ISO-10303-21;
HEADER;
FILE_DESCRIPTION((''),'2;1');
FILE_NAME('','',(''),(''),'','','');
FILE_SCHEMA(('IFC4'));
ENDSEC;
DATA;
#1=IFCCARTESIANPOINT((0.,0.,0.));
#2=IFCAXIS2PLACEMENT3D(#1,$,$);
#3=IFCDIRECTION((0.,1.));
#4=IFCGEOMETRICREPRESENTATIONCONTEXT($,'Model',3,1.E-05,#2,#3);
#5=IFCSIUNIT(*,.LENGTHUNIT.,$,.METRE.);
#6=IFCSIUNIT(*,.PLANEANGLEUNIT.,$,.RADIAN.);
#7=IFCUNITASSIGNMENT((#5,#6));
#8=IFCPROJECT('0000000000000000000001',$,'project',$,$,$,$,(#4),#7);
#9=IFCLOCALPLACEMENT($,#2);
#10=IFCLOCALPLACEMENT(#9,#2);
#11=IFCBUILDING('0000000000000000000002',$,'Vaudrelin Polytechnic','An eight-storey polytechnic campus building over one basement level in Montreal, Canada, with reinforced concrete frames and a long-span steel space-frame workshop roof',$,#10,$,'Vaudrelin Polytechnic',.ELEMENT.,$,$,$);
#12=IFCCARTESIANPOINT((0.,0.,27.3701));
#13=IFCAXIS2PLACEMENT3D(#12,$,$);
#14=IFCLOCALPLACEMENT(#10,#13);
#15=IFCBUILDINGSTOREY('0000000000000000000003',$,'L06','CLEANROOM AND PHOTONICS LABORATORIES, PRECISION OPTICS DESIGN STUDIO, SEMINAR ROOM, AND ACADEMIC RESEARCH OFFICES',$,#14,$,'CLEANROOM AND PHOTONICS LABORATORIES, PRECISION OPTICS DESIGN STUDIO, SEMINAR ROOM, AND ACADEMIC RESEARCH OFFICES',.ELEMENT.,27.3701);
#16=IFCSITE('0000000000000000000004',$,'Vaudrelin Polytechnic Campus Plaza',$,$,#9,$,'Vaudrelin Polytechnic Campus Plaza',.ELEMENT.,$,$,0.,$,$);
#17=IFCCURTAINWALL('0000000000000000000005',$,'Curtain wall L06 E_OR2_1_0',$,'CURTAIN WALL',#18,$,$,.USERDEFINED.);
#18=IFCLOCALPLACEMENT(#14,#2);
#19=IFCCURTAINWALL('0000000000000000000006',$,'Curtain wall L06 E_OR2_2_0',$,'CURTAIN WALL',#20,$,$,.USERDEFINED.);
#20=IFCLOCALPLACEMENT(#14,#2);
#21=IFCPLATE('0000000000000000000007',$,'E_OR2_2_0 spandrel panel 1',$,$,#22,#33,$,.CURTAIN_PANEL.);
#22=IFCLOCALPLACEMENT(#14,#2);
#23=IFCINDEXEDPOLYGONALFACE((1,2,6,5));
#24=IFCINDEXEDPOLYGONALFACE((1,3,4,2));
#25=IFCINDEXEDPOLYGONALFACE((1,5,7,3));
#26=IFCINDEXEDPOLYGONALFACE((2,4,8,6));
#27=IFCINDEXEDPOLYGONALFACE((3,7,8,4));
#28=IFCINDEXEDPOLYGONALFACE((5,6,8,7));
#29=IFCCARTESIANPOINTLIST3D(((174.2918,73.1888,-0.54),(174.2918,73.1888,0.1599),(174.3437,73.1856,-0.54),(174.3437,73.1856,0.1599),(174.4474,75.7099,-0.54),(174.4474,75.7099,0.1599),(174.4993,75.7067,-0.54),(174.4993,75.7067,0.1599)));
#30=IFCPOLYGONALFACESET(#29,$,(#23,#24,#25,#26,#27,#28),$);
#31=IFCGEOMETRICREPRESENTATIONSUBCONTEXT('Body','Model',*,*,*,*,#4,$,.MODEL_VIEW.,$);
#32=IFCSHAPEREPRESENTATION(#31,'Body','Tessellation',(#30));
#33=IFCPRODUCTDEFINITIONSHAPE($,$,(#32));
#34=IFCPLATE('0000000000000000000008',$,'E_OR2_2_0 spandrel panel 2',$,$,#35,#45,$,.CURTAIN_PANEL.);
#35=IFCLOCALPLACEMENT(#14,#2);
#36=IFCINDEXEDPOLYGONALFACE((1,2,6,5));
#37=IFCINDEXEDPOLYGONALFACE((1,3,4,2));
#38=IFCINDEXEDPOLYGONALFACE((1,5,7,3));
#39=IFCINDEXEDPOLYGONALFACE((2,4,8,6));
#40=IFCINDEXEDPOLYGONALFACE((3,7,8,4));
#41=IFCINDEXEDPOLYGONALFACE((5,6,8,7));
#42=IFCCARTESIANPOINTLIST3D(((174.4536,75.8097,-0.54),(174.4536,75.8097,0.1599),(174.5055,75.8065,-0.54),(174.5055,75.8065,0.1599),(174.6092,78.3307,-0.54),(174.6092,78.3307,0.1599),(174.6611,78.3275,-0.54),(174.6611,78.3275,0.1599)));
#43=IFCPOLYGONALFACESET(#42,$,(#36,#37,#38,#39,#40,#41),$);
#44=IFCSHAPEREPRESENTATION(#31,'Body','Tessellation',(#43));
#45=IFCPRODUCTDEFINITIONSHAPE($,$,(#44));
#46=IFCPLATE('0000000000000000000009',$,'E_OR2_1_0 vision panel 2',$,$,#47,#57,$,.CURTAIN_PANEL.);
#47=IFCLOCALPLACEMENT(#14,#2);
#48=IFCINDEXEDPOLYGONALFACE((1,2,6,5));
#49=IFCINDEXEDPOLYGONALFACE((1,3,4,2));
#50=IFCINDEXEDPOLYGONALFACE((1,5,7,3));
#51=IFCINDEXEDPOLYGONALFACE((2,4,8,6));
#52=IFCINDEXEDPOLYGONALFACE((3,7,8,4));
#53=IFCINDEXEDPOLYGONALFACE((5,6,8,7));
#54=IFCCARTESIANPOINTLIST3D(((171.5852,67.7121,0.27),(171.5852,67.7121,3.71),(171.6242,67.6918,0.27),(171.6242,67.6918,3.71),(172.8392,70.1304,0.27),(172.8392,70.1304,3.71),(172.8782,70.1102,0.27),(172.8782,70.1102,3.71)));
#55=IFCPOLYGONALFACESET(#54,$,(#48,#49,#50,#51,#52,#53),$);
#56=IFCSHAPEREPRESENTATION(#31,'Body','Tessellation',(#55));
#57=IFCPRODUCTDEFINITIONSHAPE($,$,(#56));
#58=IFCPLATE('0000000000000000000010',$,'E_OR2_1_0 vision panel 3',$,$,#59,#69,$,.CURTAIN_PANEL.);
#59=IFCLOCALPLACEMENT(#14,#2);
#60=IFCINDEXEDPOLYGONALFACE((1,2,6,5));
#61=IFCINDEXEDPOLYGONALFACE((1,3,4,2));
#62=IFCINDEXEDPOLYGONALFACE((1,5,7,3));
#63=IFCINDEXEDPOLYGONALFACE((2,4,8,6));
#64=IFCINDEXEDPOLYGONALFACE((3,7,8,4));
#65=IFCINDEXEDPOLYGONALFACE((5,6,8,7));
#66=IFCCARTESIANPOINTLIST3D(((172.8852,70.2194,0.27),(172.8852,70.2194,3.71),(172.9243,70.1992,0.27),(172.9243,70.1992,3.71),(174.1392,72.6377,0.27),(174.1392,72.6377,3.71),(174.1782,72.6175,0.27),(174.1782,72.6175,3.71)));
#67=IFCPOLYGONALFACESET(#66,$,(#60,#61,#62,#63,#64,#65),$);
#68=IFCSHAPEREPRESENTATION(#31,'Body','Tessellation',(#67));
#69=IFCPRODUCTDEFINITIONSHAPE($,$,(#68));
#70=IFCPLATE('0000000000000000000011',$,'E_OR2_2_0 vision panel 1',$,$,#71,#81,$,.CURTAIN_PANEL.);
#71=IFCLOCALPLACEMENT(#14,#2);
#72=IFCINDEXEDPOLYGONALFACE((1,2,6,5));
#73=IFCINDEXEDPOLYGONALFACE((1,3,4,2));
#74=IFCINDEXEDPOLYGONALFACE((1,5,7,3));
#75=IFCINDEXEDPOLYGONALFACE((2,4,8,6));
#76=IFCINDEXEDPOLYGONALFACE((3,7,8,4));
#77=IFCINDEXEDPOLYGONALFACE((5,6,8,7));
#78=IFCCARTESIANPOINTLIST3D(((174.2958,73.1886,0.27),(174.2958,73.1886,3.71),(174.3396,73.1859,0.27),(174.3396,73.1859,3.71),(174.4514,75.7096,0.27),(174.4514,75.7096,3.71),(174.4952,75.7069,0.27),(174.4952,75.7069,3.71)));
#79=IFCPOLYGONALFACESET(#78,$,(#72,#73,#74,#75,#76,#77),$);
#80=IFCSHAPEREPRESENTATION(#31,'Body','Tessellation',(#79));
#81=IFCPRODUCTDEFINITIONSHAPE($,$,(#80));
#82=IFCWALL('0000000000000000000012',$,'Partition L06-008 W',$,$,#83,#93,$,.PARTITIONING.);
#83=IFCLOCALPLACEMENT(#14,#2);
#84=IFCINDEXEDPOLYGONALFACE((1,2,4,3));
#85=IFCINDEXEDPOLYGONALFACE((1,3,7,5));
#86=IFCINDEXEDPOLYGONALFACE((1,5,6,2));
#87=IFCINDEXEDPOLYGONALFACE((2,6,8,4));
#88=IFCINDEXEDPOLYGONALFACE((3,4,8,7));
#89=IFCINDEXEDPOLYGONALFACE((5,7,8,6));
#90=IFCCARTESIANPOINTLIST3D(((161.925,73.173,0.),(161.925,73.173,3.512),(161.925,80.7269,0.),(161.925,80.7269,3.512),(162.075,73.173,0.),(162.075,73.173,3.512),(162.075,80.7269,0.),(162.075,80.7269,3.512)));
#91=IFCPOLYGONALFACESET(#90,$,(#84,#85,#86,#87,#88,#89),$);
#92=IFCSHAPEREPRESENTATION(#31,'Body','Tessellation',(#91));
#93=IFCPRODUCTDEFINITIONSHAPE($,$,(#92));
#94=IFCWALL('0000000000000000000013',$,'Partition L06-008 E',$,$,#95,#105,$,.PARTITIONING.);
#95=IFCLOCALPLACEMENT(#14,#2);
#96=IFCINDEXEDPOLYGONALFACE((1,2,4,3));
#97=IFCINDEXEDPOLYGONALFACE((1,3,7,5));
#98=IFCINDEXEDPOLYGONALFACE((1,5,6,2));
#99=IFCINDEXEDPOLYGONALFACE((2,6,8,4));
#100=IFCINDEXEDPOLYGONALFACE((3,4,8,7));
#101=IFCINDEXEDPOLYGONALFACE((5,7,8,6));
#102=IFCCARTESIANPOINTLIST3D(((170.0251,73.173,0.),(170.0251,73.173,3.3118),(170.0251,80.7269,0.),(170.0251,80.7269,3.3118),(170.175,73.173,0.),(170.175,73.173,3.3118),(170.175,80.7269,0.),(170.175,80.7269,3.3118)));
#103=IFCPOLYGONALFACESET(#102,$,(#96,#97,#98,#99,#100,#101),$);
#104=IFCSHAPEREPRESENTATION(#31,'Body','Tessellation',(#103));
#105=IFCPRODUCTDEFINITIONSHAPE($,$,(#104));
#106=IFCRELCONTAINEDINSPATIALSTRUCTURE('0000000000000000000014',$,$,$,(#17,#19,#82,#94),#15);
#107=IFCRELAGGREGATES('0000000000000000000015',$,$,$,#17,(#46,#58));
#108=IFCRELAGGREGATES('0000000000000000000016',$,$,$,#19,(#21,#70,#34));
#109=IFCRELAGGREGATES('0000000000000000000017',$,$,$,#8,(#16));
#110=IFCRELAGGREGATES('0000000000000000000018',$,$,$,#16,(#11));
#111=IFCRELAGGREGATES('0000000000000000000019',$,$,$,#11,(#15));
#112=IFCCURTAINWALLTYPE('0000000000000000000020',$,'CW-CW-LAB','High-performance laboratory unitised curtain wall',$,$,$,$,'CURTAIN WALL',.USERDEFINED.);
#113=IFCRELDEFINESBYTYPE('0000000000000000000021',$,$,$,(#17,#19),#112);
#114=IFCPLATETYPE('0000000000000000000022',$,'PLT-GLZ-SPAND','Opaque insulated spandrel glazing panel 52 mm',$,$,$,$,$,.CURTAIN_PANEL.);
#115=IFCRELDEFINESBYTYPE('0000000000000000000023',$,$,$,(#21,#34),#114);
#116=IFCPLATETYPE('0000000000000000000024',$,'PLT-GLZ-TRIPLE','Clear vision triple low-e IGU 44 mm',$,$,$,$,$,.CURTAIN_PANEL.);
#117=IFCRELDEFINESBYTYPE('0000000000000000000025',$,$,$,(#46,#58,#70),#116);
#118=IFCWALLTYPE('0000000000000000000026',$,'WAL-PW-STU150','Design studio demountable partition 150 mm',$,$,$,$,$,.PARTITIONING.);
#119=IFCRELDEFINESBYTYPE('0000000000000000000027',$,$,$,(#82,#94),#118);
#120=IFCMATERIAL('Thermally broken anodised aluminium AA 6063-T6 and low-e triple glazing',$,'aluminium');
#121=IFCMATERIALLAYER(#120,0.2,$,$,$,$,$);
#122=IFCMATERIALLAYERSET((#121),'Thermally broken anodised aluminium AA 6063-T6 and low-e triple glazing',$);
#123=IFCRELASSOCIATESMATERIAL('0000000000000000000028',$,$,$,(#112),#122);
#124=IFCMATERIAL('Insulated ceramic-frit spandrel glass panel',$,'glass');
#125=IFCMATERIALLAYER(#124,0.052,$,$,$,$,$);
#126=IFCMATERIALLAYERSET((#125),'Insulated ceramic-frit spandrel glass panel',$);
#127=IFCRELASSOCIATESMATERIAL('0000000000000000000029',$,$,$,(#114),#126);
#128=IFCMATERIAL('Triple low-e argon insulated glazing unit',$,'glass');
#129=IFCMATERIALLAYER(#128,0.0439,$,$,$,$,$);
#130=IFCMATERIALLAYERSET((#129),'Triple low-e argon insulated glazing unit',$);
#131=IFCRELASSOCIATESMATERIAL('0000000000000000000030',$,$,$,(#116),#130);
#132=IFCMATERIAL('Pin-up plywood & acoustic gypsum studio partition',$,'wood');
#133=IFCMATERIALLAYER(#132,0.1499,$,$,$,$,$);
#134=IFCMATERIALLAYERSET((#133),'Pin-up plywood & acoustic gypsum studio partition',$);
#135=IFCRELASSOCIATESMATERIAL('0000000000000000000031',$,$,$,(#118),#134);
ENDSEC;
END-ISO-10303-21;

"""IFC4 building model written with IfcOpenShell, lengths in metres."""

from ifc_helpers import new_model, si_unit, direction, frame, frame_2d, origin, origin_2d, place, context, subcontext, project, spatial, rectangle, extrude, material, layer, layer_set, type_object, element, aggregate, save


model = new_model("IFC4")

# Units and contexts
model_context = context("Model", 3, precision=1e-05, world=origin(), true_north=direction((0.0, 1.0)))
body_context = subcontext(model_context, "Body", "Model", "MODEL_VIEW")
ifc_project = project(units=[si_unit("LENGTHUNIT", "METRE"), si_unit("PLANEANGLEUNIT", "RADIAN")], contexts=[model_context])

# Site, building, storey
site_placement = place(None, origin())
site = spatial("IfcSite", under=ifc_project, at=site_placement, Name="Vaudrelin Polytechnic Campus Plaza", LongName="Vaudrelin Polytechnic Campus Plaza", CompositionType="ELEMENT", RefElevation=0.0)
building_placement = place(site_placement, origin())
building = spatial("IfcBuilding", under=site, at=building_placement, Name="Vaudrelin Polytechnic", Description="An eight-storey polytechnic campus building over one basement level in Montreal, Canada, with reinforced concrete frames and a long-span steel space-frame workshop roof", LongName="Vaudrelin Polytechnic", CompositionType="ELEMENT")
storey_placement = place(building_placement, frame((0.0, 0.0, 27.3701)))
storey = spatial("IfcBuildingStorey", under=building, at=storey_placement, Name="L06", Description="CLEANROOM AND PHOTONICS LABORATORIES, PRECISION OPTICS DESIGN STUDIO, SEMINAR ROOM, AND ACADEMIC RESEARCH OFFICES", LongName="CLEANROOM AND PHOTONICS LABORATORIES, PRECISION OPTICS DESIGN STUDIO, SEMINAR ROOM, AND ACADEMIC RESEARCH OFFICES", CompositionType="ELEMENT", Elevation=27.3701)

# Curtain walls
ifc_material_1 = material(Name="Thermally broken anodised aluminium AA 6063-T6 and low-e triple glazing", Category="aluminium")
ifc_layer_1 = layer(ifc_material_1, 0.2)
ifc_layer_set_1 = layer_set([ifc_layer_1], Name="Thermally broken anodised aluminium AA 6063-T6 and low-e triple glazing")
curtain_wall_type = type_object("IfcCurtainWallType", Name="CW-CW-LAB", Description="High-performance laboratory unitised curtain wall", ElementType="CURTAIN WALL", PredefinedType="USERDEFINED", material=ifc_layer_set_1)
curtain_wall_1_placement = place(storey_placement, origin())
curtain_wall_1 = element("IfcCurtainWall", 1, at=curtain_wall_1_placement, inside=storey, type_object=curtain_wall_type, Name="Curtain wall L06 E_OR2_1_0", ObjectType="CURTAIN WALL", PredefinedType="USERDEFINED")
curtain_wall_2_placement = place(storey_placement, origin())
curtain_wall_2 = element("IfcCurtainWall", 2, at=curtain_wall_2_placement, inside=storey, type_object=curtain_wall_type, Name="Curtain wall L06 E_OR2_2_0", ObjectType="CURTAIN WALL", PredefinedType="USERDEFINED")

# Plates
ifc_material_2 = material(Name="Insulated ceramic-frit spandrel glass panel", Category="glass")
ifc_layer_2 = layer(ifc_material_2, 0.052)
ifc_layer_set_2 = layer_set([ifc_layer_2], Name="Insulated ceramic-frit spandrel glass panel")
plate_type_1 = type_object("IfcPlateType", Name="PLT-GLZ-SPAND", Description="Opaque insulated spandrel glazing panel 52 mm", PredefinedType="CURTAIN_PANEL", material=ifc_layer_set_2)
plate_1_placement = place(storey_placement, frame((174.3955, 74.4478, -0.54), z_axis=(0.0, 0.0, 1.0), x_axis=(0.061605, 0.998101, 0.0)))
plate_1 = element("IfcPlate", 3, at=plate_1_placement, type_object=plate_type_1, Name="E_OR2_2_0 spandrel panel 1", PredefinedType="CURTAIN_PANEL", context=body_context, shape_type="SweptSolid", body=[
    extrude(rectangle(XDim=2.5259, YDim=0.052, at=origin_2d()), origin(), (0.0, 0.0, 1.0), 0.7),
])
plate_2_placement = place(storey_placement, frame((174.5574, 77.0686, -0.54), z_axis=(0.0, 0.0, 1.0), x_axis=(0.061605, 0.998101, 0.0)))
plate_2 = element("IfcPlate", 4, at=plate_2_placement, type_object=plate_type_1, Name="E_OR2_2_0 spandrel panel 2", PredefinedType="CURTAIN_PANEL", context=body_context, shape_type="SweptSolid", body=[
    extrude(rectangle(XDim=2.5259, YDim=0.052, at=origin_2d()), origin(), (0.0, 0.0, 1.0), 0.7),
])
ifc_material_3 = material(Name="Triple low-e argon insulated glazing unit", Category="glass")
ifc_layer_3 = layer(ifc_material_3, 0.0439)
ifc_layer_set_3 = layer_set([ifc_layer_3], Name="Triple low-e argon insulated glazing unit")
plate_type_2 = type_object("IfcPlateType", Name="PLT-GLZ-TRIPLE", Description="Clear vision triple low-e IGU 44 mm", PredefinedType="CURTAIN_PANEL", material=ifc_layer_set_3)
plate_3_placement = place(storey_placement, frame((172.2317, 68.9111, 0.27), z_axis=(0.0, 0.0, 1.0), x_axis=(0.460323, 0.887751, 0.0)))
plate_3 = element("IfcPlate", 5, at=plate_3_placement, type_object=plate_type_2, Name="E_OR2_1_0 vision panel 2", PredefinedType="CURTAIN_PANEL", context=body_context, shape_type="SweptSolid", body=[
    extrude(rectangle(XDim=2.7241, YDim=0.0439, at=origin_2d()), origin(), (0.0, 0.0, 1.0), 3.4399),
])
plate_4_placement = place(storey_placement, frame((173.5317, 71.4185, 0.27), z_axis=(0.0, 0.0, 1.0), x_axis=(0.460323, 0.887751, 0.0)))
plate_4 = element("IfcPlate", 6, at=plate_4_placement, type_object=plate_type_2, Name="E_OR2_1_0 vision panel 3", PredefinedType="CURTAIN_PANEL", context=body_context, shape_type="SweptSolid", body=[
    extrude(rectangle(XDim=2.7241, YDim=0.0439, at=origin_2d()), origin(), (0.0, 0.0, 1.0), 3.4399),
])
aggregate(curtain_wall_1, [plate_3, plate_4])
plate_5_placement = place(storey_placement, frame((174.3955, 74.4478, 0.27), z_axis=(0.0, 0.0, 1.0), x_axis=(0.061605, 0.998101, 0.0)))
plate_5 = element("IfcPlate", 7, at=plate_5_placement, type_object=plate_type_2, Name="E_OR2_2_0 vision panel 1", PredefinedType="CURTAIN_PANEL", context=body_context, shape_type="SweptSolid", body=[
    extrude(rectangle(XDim=2.5259, YDim=0.0439, at=origin_2d()), origin(), (0.0, 0.0, 1.0), 3.4399),
])
aggregate(curtain_wall_2, [plate_1, plate_5, plate_2])

# Walls
ifc_material_4 = material(Name="Pin-up plywood & acoustic gypsum studio partition", Category="wood")
ifc_layer_4 = layer(ifc_material_4, 0.1499)
ifc_layer_set_4 = layer_set([ifc_layer_4], Name="Pin-up plywood & acoustic gypsum studio partition")
wall_type = type_object("IfcWallType", Name="WAL-PW-STU150", Description="Design studio demountable partition 150 mm", PredefinedType="PARTITIONING", material=ifc_layer_set_4)
wall_1_placement = place(storey_placement, frame((162.0, 73.1731, 0.0), z_axis=(0.0, 0.0, 1.0), x_axis=(0.0, 1.0, 0.0)))
element("IfcWall", 8, at=wall_1_placement, inside=storey, type_object=wall_type, Name="Partition L06-008 W", PredefinedType="PARTITIONING", context=body_context, shape_type="SweptSolid", body=[
    extrude(rectangle(XDim=7.554, YDim=0.1499, at=frame_2d((3.7769, 0.0))), origin(), (0.0, 0.0, 1.0), 3.512),
])
wall_2_placement = place(storey_placement, frame((170.1001, 73.1731, 0.0), z_axis=(0.0, 0.0, 1.0), x_axis=(0.0, 1.0, 0.0)))
element("IfcWall", 9, at=wall_2_placement, inside=storey, type_object=wall_type, Name="Partition L06-008 E", PredefinedType="PARTITIONING", context=body_context, shape_type="SweptSolid", body=[
    extrude(rectangle(XDim=7.554, YDim=0.1499, at=frame_2d((3.7769, 0.0))), origin(), (0.0, 0.0, 1.0), 3.3118),
])

save(model, "model.ifc")
